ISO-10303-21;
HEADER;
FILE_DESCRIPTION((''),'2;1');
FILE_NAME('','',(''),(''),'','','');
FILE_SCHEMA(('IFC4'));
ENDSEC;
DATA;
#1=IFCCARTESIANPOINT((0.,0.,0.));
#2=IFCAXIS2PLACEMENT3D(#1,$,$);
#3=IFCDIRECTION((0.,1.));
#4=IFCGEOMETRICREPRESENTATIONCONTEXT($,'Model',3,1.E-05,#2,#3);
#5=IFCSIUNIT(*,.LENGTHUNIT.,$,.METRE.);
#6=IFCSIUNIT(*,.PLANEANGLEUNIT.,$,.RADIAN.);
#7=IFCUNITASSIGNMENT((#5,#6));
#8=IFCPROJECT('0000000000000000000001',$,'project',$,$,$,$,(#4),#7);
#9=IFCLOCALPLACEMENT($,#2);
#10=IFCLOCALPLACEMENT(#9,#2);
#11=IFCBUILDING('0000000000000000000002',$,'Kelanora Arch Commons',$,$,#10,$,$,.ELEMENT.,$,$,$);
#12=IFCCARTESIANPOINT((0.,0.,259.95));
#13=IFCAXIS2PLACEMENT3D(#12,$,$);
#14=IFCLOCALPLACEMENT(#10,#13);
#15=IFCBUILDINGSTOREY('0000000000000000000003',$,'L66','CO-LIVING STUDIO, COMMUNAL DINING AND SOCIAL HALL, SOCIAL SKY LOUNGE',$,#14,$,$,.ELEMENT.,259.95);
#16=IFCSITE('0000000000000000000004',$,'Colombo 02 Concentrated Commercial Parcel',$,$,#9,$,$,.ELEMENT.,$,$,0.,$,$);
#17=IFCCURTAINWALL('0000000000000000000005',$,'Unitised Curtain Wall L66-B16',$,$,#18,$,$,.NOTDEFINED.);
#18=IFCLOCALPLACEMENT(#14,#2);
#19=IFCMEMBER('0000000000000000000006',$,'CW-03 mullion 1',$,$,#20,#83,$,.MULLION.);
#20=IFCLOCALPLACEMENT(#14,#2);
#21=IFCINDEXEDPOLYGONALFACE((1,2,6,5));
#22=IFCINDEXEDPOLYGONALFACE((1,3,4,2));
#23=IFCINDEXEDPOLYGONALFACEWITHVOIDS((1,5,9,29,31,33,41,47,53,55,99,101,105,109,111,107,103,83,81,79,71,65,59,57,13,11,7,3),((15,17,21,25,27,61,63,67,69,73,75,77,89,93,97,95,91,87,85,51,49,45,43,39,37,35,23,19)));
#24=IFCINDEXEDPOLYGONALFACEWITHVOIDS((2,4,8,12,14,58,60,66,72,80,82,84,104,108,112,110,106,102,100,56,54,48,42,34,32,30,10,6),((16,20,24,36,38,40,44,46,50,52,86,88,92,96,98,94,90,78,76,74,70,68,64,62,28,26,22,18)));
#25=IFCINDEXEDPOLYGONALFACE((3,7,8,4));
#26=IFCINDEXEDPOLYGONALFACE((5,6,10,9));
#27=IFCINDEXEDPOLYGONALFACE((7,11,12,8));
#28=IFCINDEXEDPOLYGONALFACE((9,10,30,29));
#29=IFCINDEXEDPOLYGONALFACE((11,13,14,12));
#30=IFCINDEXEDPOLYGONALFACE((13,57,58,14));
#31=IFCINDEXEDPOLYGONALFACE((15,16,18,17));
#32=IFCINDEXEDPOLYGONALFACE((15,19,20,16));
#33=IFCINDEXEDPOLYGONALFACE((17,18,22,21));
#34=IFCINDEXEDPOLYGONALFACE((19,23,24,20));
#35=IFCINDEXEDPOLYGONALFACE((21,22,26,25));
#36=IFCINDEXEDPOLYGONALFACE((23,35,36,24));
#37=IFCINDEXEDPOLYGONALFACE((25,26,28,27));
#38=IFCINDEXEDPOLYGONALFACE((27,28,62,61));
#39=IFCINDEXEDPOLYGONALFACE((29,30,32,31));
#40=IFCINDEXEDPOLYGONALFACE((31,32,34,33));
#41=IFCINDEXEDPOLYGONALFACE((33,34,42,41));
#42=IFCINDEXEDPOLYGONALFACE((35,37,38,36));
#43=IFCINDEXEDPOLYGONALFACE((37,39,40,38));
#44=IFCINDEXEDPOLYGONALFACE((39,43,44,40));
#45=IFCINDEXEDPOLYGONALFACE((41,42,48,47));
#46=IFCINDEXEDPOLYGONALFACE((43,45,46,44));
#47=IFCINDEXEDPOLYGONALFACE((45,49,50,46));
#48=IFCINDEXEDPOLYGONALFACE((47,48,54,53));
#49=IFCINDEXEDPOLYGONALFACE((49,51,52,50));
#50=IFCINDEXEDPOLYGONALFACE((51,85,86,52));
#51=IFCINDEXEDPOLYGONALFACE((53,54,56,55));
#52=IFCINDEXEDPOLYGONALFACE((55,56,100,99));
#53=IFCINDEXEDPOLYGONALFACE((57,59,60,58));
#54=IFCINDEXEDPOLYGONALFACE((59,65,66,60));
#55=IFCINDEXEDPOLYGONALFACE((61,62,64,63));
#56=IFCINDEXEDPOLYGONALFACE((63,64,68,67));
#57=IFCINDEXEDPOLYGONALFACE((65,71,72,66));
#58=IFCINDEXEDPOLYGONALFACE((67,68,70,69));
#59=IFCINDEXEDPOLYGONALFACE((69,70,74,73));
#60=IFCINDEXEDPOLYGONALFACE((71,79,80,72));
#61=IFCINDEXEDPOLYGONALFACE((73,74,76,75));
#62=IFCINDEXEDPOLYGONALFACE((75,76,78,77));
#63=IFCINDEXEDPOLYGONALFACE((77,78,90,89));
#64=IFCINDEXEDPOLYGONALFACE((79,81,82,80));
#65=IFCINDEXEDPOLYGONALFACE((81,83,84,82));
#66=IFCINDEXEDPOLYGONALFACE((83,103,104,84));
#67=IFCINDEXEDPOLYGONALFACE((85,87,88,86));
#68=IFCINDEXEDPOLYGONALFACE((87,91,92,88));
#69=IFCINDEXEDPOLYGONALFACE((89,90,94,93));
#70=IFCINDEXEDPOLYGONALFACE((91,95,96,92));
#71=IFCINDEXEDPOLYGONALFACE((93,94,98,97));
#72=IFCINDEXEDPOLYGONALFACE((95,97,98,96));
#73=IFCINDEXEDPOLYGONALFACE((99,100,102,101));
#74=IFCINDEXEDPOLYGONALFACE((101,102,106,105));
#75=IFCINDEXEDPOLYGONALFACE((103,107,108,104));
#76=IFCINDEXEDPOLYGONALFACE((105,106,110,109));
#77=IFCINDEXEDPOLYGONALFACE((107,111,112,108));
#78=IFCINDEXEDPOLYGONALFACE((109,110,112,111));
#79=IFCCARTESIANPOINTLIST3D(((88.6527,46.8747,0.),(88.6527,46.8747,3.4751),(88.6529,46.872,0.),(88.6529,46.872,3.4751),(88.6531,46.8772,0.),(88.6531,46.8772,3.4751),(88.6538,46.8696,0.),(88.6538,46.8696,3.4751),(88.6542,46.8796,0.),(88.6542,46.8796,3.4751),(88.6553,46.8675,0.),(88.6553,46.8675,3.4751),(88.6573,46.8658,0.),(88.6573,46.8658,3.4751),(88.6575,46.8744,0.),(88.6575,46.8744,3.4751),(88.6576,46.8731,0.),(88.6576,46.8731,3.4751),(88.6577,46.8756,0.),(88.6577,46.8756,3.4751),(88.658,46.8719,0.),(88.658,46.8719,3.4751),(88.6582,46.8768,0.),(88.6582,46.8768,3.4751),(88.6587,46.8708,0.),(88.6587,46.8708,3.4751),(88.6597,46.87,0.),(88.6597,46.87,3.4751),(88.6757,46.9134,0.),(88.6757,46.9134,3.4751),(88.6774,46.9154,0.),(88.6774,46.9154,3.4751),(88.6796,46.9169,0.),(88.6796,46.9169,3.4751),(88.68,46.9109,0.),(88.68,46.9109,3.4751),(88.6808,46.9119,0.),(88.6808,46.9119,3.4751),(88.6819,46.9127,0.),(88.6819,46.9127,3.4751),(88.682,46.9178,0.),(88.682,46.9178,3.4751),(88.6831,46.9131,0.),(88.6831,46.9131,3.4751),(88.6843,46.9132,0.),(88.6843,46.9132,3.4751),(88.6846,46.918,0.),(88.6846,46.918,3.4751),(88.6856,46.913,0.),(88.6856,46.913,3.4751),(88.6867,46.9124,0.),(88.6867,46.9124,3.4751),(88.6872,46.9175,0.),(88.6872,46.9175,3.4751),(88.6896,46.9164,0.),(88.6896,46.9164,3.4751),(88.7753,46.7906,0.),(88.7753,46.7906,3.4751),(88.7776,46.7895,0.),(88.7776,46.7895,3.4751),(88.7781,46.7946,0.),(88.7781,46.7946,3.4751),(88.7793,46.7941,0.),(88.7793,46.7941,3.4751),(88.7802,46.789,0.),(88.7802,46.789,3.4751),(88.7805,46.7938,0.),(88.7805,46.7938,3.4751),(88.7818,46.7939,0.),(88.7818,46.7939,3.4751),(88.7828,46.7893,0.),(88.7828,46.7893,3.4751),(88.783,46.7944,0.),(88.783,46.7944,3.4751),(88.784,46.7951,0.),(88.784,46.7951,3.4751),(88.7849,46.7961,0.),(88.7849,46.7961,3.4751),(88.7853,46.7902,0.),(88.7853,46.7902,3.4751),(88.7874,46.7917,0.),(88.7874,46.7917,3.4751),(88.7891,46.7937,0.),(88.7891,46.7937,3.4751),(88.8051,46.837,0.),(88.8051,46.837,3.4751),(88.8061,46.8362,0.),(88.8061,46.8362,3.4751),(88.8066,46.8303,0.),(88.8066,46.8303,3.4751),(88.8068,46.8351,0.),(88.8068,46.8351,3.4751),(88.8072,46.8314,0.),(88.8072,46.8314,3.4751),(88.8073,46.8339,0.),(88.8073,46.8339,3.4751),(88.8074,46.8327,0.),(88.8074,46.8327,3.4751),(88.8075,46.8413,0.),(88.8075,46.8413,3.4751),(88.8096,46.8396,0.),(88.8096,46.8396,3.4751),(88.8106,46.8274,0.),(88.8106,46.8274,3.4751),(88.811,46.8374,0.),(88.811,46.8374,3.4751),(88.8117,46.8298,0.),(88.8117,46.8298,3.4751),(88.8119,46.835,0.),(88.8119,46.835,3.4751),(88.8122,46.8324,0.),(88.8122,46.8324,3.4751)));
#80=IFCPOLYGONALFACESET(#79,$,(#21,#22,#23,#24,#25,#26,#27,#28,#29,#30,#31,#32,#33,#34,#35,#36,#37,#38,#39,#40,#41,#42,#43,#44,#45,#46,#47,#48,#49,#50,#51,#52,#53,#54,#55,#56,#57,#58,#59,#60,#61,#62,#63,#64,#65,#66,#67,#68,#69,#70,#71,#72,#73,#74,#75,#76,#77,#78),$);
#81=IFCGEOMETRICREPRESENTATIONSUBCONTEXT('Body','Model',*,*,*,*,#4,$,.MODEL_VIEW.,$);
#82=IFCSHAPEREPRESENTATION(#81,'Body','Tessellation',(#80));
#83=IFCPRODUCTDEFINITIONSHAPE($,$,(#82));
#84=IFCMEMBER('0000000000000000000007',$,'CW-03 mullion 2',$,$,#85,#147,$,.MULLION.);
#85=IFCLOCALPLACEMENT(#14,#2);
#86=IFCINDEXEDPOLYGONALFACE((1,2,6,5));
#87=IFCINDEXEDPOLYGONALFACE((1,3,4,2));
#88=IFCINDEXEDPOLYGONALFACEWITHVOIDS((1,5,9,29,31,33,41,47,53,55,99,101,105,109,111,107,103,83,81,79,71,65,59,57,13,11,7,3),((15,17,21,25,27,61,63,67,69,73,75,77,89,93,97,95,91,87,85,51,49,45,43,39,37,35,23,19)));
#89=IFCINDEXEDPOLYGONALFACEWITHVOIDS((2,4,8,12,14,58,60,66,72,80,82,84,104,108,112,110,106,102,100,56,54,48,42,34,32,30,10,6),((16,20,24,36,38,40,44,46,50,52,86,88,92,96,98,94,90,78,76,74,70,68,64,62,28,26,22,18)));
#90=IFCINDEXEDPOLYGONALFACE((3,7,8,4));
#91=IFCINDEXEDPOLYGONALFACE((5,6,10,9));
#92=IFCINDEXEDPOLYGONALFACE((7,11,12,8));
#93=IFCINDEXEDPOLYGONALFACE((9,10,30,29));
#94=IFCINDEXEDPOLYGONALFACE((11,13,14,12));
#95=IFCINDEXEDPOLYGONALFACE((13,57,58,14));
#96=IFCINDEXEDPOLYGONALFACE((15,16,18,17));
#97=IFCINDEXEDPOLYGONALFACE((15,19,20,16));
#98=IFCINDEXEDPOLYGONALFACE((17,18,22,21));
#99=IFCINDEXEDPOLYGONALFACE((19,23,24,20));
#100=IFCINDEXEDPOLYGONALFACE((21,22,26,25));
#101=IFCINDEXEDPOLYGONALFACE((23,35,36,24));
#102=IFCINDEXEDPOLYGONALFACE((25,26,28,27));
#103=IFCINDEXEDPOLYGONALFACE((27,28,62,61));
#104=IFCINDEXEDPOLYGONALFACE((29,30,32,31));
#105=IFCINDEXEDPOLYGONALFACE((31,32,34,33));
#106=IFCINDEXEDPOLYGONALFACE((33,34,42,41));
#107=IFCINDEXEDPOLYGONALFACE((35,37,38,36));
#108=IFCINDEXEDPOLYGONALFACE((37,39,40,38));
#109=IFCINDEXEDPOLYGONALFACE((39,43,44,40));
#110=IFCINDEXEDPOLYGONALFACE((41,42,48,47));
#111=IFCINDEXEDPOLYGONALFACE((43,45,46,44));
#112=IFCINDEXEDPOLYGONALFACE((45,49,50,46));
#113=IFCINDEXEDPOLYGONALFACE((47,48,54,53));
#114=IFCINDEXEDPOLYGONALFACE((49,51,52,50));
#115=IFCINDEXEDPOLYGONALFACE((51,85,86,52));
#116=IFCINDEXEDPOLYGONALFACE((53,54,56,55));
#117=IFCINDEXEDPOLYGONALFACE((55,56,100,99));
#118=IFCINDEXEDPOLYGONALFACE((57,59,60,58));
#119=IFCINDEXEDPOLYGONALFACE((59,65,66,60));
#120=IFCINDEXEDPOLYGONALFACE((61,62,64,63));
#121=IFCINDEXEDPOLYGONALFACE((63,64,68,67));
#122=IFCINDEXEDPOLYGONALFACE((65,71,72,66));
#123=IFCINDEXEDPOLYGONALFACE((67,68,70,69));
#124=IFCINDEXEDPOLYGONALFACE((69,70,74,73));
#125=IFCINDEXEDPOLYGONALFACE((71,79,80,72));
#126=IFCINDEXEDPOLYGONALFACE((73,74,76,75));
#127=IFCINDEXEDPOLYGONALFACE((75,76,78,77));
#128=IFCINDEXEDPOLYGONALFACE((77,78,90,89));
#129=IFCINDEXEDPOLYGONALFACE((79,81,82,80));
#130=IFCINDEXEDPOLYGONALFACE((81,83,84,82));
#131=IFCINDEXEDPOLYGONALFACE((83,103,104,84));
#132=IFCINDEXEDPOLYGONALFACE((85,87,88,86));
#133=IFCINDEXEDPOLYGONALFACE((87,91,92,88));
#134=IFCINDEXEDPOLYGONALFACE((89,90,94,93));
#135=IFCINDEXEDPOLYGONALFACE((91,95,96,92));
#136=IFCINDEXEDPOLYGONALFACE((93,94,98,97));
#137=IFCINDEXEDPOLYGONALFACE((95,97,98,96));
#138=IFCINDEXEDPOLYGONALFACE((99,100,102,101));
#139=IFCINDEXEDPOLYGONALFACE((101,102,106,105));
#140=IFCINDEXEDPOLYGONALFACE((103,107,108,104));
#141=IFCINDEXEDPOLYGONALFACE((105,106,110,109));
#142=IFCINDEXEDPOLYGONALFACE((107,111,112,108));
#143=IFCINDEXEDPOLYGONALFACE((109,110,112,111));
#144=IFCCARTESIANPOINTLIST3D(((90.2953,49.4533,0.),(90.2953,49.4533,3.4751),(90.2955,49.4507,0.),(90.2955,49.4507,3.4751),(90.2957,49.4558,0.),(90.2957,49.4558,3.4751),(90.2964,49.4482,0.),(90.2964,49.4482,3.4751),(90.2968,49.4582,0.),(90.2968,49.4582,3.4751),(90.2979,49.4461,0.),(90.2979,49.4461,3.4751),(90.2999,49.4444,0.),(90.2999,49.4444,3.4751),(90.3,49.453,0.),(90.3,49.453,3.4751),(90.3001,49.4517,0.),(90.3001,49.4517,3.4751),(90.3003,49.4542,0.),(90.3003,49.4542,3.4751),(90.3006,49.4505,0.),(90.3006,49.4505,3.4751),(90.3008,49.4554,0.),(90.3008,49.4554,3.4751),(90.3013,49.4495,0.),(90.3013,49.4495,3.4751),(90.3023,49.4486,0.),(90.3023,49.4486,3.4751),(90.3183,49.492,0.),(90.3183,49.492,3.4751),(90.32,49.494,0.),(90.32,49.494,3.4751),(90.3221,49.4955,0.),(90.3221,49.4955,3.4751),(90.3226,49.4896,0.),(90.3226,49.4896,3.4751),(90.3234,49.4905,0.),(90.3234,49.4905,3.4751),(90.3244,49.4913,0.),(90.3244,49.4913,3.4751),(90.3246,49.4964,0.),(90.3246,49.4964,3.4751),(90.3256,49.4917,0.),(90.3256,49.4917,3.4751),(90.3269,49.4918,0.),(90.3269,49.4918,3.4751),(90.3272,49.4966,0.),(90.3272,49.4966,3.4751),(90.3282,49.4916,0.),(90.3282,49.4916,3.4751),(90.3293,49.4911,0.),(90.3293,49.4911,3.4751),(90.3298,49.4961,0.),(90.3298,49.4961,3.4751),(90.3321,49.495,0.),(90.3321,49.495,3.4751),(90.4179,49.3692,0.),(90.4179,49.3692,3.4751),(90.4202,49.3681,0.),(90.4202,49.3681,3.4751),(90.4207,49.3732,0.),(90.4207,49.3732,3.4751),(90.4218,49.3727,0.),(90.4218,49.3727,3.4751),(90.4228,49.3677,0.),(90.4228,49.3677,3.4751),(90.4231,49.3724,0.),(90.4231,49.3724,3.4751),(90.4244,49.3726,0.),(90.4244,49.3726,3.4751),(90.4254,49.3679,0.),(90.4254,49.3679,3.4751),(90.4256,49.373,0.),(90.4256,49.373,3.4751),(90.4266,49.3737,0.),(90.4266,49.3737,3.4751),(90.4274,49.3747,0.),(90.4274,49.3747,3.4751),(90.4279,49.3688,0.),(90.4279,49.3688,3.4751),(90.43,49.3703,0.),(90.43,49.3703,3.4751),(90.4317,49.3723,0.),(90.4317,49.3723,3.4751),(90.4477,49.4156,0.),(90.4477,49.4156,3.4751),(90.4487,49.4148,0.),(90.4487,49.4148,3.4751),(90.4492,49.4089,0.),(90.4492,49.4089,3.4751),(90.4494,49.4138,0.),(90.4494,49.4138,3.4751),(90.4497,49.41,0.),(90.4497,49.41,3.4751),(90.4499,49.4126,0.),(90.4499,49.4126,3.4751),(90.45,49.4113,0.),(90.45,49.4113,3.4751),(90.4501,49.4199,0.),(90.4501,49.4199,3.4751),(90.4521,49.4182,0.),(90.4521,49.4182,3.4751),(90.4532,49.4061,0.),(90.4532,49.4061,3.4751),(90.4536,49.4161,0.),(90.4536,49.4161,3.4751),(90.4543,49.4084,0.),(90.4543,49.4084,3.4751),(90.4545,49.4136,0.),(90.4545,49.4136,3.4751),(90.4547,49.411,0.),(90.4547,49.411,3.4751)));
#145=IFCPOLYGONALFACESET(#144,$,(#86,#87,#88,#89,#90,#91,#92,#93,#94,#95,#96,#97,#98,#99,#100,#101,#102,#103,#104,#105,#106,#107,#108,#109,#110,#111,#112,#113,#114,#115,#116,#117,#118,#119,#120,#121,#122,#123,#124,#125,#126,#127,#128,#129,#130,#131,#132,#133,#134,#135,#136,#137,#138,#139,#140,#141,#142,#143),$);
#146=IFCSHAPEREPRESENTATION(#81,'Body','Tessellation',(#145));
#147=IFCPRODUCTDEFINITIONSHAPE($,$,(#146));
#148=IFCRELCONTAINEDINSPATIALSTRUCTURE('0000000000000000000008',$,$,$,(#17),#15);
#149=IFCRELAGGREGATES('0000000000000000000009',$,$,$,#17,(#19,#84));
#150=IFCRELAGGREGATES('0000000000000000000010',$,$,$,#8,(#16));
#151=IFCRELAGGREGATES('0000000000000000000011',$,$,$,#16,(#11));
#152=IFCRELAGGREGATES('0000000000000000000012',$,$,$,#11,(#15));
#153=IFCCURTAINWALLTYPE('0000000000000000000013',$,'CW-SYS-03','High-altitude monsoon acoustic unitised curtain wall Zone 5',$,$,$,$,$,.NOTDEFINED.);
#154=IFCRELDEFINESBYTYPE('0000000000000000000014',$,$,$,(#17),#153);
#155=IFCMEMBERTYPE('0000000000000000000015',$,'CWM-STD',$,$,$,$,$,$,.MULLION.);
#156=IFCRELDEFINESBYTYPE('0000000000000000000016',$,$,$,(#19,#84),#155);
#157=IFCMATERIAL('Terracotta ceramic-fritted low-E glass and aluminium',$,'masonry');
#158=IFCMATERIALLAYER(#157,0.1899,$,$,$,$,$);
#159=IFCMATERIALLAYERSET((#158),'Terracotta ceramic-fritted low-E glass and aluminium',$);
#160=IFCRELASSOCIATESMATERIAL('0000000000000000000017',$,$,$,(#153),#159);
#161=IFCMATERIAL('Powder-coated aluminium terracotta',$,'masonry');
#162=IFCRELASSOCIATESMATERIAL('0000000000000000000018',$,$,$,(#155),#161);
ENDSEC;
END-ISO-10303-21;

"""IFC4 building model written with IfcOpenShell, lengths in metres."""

from ifc_helpers import new_model, si_unit, direction, frame, origin, origin_2d, place, context, subcontext, project, spatial, hollow_rectangle, extrude, material, layer, layer_set, material_profile, profile_set, type_object, element, aggregate, save


model = new_model("IFC4")

# Units and contexts
model_context = context("Model", 3, precision=1e-05, world=origin(), true_north=direction((0.0, 1.0)))
body_context = subcontext(model_context, "Body", "Model", "MODEL_VIEW")
ifc_project = project(units=[si_unit("LENGTHUNIT", "METRE"), si_unit("PLANEANGLEUNIT", "RADIAN")], contexts=[model_context])

# Site, building, storey
site_placement = place(None, origin())
site = spatial("IfcSite", under=ifc_project, at=site_placement, Name="Colombo 02 Concentrated Commercial Parcel", CompositionType="ELEMENT", RefElevation=0.0)
building_placement = place(site_placement, origin())
building = spatial("IfcBuilding", under=site, at=building_placement, Name="Kelanora Arch Commons", CompositionType="ELEMENT")
storey_placement = place(building_placement, frame((0.0, 0.0, 259.95)))
storey = spatial("IfcBuildingStorey", under=building, at=storey_placement, Name="L66", Description="CO-LIVING STUDIO, COMMUNAL DINING AND SOCIAL HALL, SOCIAL SKY LOUNGE", CompositionType="ELEMENT", Elevation=259.95)

# Shared definitions
ifc_material_1 = material(Name="Terracotta ceramic-fritted low-E glass and aluminium", Category="masonry")
ifc_layer_1 = layer(ifc_material_1, 0.1899)
ifc_layer_set_1 = layer_set([ifc_layer_1], Name="Terracotta ceramic-fritted low-E glass and aluminium")
curtain_wall_type = type_object("IfcCurtainWallType", Name="CW-SYS-03", Description="High-altitude monsoon acoustic unitised curtain wall Zone 5", PredefinedType="NOTDEFINED", material=ifc_layer_set_1)
ifc_material_2 = material(Name="Powder-coated aluminium terracotta", Category="masonry")
ifc_material_profile_1 = material_profile(ifc_material_2, hollow_rectangle(XDim=0.1599, YDim=0.0601, WallThickness=0.0049, InnerFilletRadius=0.0049, OuterFilletRadius=0.01, at=origin_2d()), Name="CWM160x60")
ifc_profile_set_1 = profile_set([ifc_material_profile_1], Name="Powder-coated aluminium terracotta")
member_type_1 = type_object("IfcMemberType", Name="CWM-STD", PredefinedType="MULLION", material=ifc_profile_set_1)

# Curtain wall, members
curtain_wall_1_placement = place(storey_placement, origin())
curtain_wall_1 = element("IfcCurtainWall", 1, at=curtain_wall_1_placement, inside=storey, type_object=curtain_wall_type, Name="Unitised Curtain Wall L66-B16", PredefinedType="NOTDEFINED")
member_1_placement = place(storey_placement, frame((88.7324, 46.8535, 0.0), z_axis=(0.0, 0.0, 1.0), x_axis=(-0.843391, 0.5373, 0.0)))
member_1 = element("IfcMember", 2, at=member_1_placement, type_object=member_type_1, Name="CW-03 mullion 1", PredefinedType="MULLION", context=body_context, shape_type="SweptSolid", body=[
    extrude(hollow_rectangle(XDim=0.1599, YDim=0.0601, WallThickness=0.0049, InnerFilletRadius=0.0049, OuterFilletRadius=0.01, at=origin_2d()), origin(), (0.0, 0.0, 1.0), 3.4751),
])
member_2_placement = place(storey_placement, frame((90.375, 49.4321, 0.0), z_axis=(0.0, 0.0, 1.0), x_axis=(-0.843391, 0.5373, 0.0)))
member_2 = element("IfcMember", 3, at=member_2_placement, type_object=member_type_1, Name="CW-03 mullion 2", PredefinedType="MULLION", context=body_context, shape_type="SweptSolid", body=[
    extrude(hollow_rectangle(XDim=0.1599, YDim=0.0601, WallThickness=0.0049, InnerFilletRadius=0.0049, OuterFilletRadius=0.01, at=origin_2d()), origin(), (0.0, 0.0, 1.0), 3.4751),
])
aggregate(curtain_wall_1, [member_1, member_2])

save(model, "model.ifc")
